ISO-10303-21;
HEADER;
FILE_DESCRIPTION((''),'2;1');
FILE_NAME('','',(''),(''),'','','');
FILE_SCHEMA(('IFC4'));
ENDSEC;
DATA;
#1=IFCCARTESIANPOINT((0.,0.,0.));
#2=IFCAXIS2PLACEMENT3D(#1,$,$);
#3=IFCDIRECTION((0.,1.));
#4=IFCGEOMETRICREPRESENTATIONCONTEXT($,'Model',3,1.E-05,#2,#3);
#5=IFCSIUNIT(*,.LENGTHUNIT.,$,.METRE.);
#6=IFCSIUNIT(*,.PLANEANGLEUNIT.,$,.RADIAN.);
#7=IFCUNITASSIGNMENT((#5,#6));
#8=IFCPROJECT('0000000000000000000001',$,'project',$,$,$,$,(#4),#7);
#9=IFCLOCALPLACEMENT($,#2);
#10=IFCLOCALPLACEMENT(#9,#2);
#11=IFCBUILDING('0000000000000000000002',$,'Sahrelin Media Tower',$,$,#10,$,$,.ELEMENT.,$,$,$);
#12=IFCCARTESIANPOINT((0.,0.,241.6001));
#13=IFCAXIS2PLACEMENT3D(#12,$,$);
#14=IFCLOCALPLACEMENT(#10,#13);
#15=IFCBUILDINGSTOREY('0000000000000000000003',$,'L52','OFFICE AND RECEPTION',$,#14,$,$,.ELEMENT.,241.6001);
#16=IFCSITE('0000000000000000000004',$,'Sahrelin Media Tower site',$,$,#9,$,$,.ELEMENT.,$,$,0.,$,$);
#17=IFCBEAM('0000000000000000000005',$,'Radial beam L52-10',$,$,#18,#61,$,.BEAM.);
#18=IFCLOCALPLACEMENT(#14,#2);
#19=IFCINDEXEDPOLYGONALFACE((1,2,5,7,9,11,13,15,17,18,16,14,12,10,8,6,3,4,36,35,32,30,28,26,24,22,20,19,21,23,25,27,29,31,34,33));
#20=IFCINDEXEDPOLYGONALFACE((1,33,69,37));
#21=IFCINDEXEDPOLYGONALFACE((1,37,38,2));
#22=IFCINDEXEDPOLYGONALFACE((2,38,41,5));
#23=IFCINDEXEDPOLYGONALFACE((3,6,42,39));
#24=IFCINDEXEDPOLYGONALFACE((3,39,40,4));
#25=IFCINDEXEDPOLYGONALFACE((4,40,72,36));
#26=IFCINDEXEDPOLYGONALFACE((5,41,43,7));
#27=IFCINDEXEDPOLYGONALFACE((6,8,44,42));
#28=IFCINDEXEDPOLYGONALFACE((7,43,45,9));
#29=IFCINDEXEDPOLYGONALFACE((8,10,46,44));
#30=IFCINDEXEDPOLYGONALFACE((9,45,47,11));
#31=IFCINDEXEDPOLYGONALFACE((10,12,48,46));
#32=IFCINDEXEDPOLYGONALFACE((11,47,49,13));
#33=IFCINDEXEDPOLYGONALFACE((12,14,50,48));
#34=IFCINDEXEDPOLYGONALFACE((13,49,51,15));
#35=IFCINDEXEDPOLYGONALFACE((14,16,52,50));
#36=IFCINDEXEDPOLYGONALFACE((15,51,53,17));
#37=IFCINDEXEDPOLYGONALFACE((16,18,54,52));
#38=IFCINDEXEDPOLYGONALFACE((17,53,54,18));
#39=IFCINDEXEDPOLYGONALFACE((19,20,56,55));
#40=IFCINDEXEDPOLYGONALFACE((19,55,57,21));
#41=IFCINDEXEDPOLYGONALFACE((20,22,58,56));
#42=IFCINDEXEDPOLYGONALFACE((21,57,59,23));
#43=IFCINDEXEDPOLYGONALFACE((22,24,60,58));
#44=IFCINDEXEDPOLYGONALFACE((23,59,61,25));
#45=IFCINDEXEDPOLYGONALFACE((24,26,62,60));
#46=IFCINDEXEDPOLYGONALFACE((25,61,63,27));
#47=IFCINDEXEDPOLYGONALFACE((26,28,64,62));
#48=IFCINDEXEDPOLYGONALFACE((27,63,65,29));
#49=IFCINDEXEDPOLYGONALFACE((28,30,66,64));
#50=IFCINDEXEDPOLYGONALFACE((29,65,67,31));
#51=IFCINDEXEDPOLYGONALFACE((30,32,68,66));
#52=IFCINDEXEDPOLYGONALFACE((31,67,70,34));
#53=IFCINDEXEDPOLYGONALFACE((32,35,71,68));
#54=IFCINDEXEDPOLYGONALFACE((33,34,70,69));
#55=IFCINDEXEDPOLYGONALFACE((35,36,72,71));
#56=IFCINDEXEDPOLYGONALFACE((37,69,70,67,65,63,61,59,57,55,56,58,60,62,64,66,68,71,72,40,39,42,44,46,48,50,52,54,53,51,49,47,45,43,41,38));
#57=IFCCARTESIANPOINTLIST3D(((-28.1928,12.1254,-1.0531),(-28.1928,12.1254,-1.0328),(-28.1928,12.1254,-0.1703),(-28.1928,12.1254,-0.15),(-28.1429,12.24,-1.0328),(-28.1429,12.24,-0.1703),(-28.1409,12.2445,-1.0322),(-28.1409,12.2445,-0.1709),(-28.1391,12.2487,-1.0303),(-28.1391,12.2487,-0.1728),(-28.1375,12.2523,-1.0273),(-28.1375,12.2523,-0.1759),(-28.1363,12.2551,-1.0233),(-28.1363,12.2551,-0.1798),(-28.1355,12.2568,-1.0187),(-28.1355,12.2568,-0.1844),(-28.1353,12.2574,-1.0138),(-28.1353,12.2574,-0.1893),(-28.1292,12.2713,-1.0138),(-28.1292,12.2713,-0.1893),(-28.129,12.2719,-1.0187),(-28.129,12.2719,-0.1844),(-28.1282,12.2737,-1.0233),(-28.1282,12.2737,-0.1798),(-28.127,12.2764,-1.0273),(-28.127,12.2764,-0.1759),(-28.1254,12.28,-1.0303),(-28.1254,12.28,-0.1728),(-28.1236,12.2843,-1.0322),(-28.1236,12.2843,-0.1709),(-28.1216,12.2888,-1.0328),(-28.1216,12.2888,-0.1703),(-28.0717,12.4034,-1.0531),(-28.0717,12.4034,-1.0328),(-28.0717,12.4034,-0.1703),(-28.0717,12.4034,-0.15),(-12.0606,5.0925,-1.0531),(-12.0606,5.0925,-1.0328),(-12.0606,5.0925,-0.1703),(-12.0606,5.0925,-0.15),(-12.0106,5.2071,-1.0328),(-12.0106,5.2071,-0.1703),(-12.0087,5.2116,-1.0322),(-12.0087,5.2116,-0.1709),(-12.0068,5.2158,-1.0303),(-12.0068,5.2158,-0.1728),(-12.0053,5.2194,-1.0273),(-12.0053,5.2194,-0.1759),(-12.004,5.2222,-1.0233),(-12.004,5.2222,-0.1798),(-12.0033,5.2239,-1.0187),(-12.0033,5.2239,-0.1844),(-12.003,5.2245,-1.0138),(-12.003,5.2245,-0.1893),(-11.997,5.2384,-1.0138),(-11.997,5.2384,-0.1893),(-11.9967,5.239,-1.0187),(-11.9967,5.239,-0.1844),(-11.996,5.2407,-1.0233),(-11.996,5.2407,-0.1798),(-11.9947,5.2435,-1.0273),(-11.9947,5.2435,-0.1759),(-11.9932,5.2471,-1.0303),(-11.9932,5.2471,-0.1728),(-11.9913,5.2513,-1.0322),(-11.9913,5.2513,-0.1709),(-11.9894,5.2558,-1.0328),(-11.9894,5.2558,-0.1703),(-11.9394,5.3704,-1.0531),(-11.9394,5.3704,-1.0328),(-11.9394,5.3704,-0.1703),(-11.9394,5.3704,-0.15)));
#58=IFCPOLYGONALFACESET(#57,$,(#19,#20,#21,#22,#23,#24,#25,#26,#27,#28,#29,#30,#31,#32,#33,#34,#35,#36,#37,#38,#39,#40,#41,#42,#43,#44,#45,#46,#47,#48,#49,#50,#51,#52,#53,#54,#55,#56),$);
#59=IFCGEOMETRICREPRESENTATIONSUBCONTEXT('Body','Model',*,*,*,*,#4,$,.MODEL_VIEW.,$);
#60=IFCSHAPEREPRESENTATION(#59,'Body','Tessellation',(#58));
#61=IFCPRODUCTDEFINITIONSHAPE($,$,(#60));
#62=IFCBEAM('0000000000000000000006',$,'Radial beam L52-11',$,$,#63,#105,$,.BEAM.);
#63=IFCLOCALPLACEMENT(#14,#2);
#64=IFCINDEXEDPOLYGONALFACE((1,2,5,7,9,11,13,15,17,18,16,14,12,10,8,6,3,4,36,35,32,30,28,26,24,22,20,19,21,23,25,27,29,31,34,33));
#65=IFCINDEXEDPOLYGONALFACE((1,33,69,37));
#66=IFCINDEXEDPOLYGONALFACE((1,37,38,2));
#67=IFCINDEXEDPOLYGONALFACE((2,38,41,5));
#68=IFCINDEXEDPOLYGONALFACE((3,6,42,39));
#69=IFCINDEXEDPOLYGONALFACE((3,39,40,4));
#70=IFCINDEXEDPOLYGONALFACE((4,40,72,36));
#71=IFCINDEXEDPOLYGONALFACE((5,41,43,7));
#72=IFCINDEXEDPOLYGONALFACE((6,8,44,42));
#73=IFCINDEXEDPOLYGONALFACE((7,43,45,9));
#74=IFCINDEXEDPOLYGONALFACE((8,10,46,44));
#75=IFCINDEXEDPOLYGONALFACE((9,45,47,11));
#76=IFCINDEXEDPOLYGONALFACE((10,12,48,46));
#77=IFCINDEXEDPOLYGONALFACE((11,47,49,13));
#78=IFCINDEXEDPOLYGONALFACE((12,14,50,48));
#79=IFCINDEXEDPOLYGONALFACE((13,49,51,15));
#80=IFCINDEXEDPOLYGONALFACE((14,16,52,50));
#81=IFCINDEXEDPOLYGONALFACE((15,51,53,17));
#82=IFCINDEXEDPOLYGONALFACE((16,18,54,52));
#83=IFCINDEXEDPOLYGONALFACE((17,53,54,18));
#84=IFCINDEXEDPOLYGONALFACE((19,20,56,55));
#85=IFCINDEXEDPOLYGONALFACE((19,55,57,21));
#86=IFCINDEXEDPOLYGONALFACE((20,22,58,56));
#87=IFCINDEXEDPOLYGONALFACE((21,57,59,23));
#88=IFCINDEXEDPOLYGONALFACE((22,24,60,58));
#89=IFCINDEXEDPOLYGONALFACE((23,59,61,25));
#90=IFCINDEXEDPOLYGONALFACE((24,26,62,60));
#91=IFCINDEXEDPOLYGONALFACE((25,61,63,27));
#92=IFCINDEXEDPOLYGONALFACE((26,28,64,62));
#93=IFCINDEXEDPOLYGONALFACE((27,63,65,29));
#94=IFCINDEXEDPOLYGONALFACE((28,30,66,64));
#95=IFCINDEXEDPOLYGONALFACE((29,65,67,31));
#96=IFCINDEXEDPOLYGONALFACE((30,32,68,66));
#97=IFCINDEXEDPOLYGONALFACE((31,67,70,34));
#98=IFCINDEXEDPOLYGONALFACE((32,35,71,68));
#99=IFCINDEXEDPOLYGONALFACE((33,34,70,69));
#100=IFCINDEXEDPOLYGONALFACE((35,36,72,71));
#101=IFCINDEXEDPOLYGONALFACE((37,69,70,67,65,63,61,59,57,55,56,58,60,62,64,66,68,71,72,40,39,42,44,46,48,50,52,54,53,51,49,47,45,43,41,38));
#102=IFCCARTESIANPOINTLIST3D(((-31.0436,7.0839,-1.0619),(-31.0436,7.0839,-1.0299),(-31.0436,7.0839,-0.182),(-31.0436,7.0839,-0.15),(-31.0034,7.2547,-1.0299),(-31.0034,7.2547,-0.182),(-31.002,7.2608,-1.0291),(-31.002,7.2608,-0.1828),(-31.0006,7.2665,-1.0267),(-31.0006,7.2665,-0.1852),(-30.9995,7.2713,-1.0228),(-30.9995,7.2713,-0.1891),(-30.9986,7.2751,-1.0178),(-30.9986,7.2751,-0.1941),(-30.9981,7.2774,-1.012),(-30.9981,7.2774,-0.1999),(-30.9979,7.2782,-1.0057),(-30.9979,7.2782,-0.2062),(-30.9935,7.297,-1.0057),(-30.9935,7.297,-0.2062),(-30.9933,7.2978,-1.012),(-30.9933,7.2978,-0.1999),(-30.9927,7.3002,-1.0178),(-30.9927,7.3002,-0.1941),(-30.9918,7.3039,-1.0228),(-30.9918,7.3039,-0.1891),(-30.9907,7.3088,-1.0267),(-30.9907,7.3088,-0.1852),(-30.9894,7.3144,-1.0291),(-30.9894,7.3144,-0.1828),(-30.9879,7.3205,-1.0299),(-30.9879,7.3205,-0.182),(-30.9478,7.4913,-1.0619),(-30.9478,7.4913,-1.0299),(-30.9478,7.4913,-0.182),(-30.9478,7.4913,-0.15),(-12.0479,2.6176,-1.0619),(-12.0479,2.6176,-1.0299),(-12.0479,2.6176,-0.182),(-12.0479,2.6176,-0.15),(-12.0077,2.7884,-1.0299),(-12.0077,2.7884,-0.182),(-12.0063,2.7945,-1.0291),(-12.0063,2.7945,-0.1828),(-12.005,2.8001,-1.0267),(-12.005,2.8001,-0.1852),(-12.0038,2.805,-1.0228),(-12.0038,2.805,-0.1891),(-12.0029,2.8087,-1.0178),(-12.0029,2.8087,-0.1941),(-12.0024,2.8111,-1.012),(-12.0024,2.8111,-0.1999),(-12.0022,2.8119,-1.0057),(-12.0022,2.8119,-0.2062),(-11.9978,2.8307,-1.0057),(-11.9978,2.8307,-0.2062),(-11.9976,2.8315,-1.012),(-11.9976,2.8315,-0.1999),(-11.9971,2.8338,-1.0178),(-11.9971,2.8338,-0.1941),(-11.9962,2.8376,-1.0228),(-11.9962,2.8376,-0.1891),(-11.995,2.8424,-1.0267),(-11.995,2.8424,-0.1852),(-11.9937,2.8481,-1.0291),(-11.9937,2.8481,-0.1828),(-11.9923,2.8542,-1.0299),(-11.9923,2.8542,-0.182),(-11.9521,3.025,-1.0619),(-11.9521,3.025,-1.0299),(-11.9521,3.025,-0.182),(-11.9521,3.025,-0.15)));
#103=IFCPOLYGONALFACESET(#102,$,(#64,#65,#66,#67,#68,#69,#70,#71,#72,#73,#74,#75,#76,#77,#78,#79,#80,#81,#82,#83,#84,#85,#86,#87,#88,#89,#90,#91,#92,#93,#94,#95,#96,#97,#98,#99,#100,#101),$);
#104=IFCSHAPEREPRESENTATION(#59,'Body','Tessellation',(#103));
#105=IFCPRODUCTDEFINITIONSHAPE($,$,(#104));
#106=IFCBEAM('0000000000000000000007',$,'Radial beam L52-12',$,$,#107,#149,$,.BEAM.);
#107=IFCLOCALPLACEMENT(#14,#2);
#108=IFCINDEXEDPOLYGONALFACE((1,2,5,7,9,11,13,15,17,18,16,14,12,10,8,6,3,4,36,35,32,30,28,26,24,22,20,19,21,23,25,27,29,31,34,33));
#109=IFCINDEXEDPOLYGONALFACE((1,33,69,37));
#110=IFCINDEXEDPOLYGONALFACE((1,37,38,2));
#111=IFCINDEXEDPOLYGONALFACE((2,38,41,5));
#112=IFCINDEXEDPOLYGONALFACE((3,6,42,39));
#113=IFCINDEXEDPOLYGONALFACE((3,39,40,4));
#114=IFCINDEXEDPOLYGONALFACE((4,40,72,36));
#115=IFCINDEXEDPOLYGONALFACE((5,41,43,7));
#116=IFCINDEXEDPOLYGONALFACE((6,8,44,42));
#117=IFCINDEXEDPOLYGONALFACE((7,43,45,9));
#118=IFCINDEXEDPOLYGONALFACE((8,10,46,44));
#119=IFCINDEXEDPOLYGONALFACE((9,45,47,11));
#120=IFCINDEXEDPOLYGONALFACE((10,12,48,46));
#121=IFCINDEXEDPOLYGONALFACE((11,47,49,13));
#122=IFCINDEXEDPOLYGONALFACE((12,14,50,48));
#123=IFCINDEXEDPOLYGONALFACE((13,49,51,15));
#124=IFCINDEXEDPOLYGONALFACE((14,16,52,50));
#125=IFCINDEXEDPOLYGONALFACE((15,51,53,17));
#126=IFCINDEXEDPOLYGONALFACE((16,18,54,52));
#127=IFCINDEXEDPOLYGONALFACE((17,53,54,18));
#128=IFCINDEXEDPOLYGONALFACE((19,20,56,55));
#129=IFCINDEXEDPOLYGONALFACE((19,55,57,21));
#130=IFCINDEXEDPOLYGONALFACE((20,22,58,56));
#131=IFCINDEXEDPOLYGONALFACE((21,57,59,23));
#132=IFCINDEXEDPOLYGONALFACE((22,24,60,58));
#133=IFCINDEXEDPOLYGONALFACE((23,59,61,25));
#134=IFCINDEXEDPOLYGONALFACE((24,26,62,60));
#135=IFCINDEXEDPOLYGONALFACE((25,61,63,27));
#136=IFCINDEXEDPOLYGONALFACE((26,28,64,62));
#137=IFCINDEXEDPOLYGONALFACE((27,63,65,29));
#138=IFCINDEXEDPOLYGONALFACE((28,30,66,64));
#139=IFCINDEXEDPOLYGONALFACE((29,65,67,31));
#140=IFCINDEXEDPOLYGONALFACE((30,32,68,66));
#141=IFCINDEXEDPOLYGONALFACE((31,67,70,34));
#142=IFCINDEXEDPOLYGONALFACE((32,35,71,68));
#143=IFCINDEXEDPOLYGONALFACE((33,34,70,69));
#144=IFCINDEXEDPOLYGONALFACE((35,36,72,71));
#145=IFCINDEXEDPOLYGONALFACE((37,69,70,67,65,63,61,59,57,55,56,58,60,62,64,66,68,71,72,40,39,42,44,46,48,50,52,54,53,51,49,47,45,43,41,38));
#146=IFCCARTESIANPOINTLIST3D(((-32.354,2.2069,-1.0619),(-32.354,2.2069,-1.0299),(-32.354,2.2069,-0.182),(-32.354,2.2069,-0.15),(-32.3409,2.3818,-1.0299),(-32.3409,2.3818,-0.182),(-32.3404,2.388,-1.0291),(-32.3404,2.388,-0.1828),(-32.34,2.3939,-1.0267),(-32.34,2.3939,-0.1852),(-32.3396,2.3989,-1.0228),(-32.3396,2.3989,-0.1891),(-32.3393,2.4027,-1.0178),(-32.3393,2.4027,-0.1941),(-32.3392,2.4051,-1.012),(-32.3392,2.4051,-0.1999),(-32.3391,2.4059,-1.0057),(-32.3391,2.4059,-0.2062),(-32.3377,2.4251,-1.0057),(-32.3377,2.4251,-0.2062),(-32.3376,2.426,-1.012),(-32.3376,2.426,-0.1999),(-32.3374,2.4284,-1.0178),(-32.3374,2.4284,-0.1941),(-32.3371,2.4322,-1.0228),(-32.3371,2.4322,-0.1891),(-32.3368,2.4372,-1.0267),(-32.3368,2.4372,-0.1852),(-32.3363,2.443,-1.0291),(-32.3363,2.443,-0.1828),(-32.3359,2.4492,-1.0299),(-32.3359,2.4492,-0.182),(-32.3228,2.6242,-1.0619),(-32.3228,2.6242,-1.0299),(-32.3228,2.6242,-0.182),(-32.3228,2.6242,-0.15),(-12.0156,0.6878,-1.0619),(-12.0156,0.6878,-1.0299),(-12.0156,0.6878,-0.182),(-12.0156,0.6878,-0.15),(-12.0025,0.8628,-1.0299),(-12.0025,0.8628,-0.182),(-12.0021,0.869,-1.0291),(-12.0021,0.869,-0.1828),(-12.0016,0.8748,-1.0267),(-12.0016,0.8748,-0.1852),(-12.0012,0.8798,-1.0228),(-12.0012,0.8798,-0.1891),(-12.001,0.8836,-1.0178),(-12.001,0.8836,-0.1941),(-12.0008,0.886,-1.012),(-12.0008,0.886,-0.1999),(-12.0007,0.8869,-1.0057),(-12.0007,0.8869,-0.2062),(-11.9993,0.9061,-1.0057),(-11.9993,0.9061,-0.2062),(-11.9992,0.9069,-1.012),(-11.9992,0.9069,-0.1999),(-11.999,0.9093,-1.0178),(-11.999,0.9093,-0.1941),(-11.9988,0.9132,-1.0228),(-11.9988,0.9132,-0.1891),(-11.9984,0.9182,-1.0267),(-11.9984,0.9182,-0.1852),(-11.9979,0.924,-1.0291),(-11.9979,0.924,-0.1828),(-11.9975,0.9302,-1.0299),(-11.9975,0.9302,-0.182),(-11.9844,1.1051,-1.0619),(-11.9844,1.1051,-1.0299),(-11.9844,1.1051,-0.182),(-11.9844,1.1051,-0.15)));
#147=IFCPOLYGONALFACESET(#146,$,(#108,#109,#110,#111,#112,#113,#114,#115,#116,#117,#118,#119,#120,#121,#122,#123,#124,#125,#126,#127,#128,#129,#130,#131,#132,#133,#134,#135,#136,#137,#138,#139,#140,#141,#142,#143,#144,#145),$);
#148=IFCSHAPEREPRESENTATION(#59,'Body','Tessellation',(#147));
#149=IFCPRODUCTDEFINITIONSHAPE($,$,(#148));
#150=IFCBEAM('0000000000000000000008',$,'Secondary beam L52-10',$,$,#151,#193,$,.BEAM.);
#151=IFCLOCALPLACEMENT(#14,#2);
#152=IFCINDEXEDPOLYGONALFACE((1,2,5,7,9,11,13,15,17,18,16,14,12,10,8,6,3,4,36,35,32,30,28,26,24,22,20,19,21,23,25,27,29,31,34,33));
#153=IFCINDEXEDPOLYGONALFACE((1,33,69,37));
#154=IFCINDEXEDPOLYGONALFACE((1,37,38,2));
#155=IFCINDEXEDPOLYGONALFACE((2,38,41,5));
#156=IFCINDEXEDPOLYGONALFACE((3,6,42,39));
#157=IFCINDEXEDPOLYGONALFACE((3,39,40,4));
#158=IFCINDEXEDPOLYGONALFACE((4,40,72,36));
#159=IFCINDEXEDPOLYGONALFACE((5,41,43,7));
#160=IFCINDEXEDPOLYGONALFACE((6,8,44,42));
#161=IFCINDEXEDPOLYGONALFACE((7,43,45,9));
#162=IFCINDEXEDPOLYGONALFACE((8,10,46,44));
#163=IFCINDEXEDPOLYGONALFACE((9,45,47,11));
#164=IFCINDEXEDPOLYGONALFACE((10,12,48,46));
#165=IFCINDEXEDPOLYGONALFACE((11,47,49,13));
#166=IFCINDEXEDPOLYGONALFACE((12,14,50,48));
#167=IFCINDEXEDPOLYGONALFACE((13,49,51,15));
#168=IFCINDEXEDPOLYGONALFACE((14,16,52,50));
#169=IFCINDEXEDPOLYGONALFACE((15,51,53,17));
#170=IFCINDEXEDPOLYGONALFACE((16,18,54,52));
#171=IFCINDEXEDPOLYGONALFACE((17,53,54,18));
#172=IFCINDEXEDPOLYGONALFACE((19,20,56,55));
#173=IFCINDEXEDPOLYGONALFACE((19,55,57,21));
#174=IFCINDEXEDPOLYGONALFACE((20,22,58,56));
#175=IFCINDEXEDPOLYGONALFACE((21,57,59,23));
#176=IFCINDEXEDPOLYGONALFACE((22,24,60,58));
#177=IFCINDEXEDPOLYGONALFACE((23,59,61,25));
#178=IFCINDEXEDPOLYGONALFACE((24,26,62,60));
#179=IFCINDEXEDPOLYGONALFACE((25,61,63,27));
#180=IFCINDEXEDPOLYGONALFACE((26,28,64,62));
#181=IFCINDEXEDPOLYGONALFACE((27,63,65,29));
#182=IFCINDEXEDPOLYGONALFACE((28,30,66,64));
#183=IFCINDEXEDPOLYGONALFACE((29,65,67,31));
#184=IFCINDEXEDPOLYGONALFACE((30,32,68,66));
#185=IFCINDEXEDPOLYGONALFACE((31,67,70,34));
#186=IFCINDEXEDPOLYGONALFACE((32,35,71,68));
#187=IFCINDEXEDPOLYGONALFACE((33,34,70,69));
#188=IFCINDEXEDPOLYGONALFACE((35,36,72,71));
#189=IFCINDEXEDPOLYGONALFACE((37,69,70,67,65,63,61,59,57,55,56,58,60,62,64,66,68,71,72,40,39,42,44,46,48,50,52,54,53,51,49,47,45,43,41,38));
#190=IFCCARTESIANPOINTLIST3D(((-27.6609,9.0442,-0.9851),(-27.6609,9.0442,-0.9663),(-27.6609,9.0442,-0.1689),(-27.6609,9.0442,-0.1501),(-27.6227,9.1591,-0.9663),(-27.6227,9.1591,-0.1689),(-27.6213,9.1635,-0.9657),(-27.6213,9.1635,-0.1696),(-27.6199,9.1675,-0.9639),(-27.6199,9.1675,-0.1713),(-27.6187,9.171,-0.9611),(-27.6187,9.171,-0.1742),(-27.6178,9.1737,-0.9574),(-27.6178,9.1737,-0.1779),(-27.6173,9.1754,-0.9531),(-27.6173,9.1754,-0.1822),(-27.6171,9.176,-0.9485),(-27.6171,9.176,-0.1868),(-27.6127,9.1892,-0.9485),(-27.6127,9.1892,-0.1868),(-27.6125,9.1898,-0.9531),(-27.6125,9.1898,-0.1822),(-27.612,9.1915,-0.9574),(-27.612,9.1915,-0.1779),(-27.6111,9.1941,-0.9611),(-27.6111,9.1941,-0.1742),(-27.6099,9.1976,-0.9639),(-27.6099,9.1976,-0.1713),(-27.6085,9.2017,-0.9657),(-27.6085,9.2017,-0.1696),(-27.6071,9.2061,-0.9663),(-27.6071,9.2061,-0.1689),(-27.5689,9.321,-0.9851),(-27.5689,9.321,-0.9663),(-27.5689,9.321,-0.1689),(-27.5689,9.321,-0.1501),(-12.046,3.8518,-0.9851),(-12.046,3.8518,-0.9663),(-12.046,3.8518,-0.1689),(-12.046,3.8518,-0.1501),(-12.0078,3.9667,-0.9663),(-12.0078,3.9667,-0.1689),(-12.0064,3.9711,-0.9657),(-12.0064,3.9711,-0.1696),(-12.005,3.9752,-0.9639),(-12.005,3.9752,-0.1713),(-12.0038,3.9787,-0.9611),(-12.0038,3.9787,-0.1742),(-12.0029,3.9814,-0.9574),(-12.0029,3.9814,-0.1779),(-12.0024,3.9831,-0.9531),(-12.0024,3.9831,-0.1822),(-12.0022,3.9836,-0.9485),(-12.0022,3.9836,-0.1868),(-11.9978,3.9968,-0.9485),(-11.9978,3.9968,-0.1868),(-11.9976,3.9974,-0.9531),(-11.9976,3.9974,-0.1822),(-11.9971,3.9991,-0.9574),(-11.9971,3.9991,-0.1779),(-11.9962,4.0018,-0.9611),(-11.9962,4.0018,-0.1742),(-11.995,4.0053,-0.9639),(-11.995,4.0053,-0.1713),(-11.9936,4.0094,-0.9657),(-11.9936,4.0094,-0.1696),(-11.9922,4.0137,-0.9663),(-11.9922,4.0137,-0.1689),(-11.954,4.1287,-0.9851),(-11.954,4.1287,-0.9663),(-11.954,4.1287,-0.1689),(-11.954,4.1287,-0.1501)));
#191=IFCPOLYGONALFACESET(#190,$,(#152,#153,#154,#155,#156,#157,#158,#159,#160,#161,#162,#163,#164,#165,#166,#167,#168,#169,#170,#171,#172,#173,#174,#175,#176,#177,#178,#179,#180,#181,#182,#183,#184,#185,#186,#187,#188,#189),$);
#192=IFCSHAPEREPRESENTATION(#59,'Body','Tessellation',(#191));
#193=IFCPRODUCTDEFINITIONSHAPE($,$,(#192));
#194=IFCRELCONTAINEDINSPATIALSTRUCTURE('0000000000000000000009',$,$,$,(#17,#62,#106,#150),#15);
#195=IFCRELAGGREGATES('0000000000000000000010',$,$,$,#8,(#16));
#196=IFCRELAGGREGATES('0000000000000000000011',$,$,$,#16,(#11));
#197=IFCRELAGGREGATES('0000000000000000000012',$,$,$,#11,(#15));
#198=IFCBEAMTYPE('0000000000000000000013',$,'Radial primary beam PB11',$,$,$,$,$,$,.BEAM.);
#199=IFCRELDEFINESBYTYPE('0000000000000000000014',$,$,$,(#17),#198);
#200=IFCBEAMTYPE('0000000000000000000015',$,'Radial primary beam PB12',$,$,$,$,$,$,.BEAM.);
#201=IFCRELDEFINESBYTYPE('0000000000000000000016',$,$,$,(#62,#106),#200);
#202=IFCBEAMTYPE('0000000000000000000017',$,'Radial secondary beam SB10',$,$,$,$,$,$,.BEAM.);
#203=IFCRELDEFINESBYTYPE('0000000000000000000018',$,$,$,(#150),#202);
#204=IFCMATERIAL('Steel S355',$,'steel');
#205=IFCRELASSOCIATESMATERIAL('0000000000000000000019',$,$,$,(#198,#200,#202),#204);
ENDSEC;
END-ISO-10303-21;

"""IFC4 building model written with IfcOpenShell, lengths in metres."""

from ifc_helpers import new_model, si_unit, direction, frame, origin, origin_2d, place, context, subcontext, project, spatial, i_section, extrude, material, material_profile, profile_set, type_object, element, save


model = new_model("IFC4")

# Units and contexts
model_context = context("Model", 3, precision=1e-05, world=origin(), true_north=direction((0.0, 1.0)))
body_context = subcontext(model_context, "Body", "Model", "MODEL_VIEW")
ifc_project = project(units=[si_unit("LENGTHUNIT", "METRE"), si_unit("PLANEANGLEUNIT", "RADIAN")], contexts=[model_context])

# Site, building, storey
site_placement = place(None, origin())
site = spatial("IfcSite", under=ifc_project, at=site_placement, Name="Sahrelin Media Tower site", CompositionType="ELEMENT", RefElevation=0.0)
building_placement = place(site_placement, origin())
building = spatial("IfcBuilding", under=site, at=building_placement, Name="Sahrelin Media Tower", CompositionType="ELEMENT")
storey_placement = place(building_placement, frame((0.0, 0.0, 241.6001)))
storey = spatial("IfcBuildingStorey", under=building, at=storey_placement, Name="L52", Description="OFFICE AND RECEPTION", CompositionType="ELEMENT", Elevation=241.6001)

# Beams
ifc_material_1 = material(Name="Steel S355", Category="steel")
ifc_material_profile_1 = material_profile(ifc_material_1, i_section(OverallWidth=0.3032, OverallDepth=0.9031, WebThickness=0.0151, FlangeThickness=0.0203, FilletRadius=0.019, at=origin_2d()), Name="UB 914x305x201")
ifc_profile_set_1 = profile_set([ifc_material_profile_1], Name="Steel S355")
beam_type_1 = type_object("IfcBeamType", Name="Radial primary beam PB11", PredefinedType="BEAM", material=ifc_profile_set_1)
beam_1_placement = place(storey_placement, frame((-12.0, 5.2314, -0.6016), z_axis=(-0.916677, 0.399629, 0.0), x_axis=(-0.399629, -0.916677, 0.0)))
element("IfcBeam", 1, at=beam_1_placement, inside=storey, type_object=beam_type_1, Name="Radial beam L52-10", PredefinedType="BEAM", context=body_context, shape_type="SweptSolid", body=[
    extrude(i_section(OverallWidth=0.3032, OverallDepth=0.9031, WebThickness=0.0151, FlangeThickness=0.0203, FilletRadius=0.019, at=origin_2d()), origin(), (0.0, 0.0, 1.0), 17.5986),
])
ifc_material_profile_2 = material_profile(ifc_material_1, i_section(OverallWidth=0.4185, OverallDepth=0.9119, WebThickness=0.0193, FlangeThickness=0.032, FilletRadius=0.0242, at=origin_2d()), Name="UB 914x419x343")
ifc_profile_set_2 = profile_set([ifc_material_profile_2], Name="Steel S355")
beam_type_2 = type_object("IfcBeamType", Name="Radial primary beam PB12", PredefinedType="BEAM", material=ifc_profile_set_2)
beam_2_placement = place(storey_placement, frame((-12.0, 2.8213, -0.606), z_axis=(-0.973454, 0.228882, 0.0), x_axis=(-0.228882, -0.973454, 0.0)))
element("IfcBeam", 2, at=beam_2_placement, inside=storey, type_object=beam_type_2, Name="Radial beam L52-11", PredefinedType="BEAM", context=body_context, shape_type="SweptSolid", body=[
    extrude(i_section(OverallWidth=0.4185, OverallDepth=0.9119, WebThickness=0.0193, FlangeThickness=0.032, FilletRadius=0.0242, at=origin_2d()), origin(), (0.0, 0.0, 1.0), 19.5137),
])
beam_3_placement = place(storey_placement, frame((-12.0, 0.8965, -0.606), z_axis=(-0.997222, 0.074481, 0.0), x_axis=(-0.074481, -0.997222, 0.0)))
element("IfcBeam", 3, at=beam_3_placement, inside=storey, type_object=beam_type_2, Name="Radial beam L52-12", PredefinedType="BEAM", context=body_context, shape_type="SweptSolid", body=[
    extrude(i_section(OverallWidth=0.4185, OverallDepth=0.9119, WebThickness=0.0193, FlangeThickness=0.032, FilletRadius=0.0242, at=origin_2d()), origin(), (0.0, 0.0, 1.0), 20.395),
])
ifc_material_profile_3 = material_profile(ifc_material_1, i_section(OverallWidth=0.2917, OverallDepth=0.835, WebThickness=0.0139, FlangeThickness=0.0188, FilletRadius=0.0178, at=origin_2d()), Name="UB 838x292x176")
ifc_profile_set_3 = profile_set([ifc_material_profile_3], Name="Steel S355")
beam_type_3 = type_object("IfcBeamType", Name="Radial secondary beam SB10", PredefinedType="BEAM", material=ifc_profile_set_3)
beam_4_placement = place(storey_placement, frame((-12.0, 3.9902, -0.5676), z_axis=(-0.948913, 0.315538, 0.0), x_axis=(-0.315538, -0.948913, 0.0)))
element("IfcBeam", 4, at=beam_4_placement, inside=storey, type_object=beam_type_3, Name="Secondary beam L52-10", PredefinedType="BEAM", context=body_context, shape_type="SweptSolid", body=[
    extrude(i_section(OverallWidth=0.2917, OverallDepth=0.835, WebThickness=0.0139, FlangeThickness=0.0188, FilletRadius=0.0178, at=origin_2d()), origin(), (0.0, 0.0, 1.0), 16.4556),
])

save(model, "model.ifc")
